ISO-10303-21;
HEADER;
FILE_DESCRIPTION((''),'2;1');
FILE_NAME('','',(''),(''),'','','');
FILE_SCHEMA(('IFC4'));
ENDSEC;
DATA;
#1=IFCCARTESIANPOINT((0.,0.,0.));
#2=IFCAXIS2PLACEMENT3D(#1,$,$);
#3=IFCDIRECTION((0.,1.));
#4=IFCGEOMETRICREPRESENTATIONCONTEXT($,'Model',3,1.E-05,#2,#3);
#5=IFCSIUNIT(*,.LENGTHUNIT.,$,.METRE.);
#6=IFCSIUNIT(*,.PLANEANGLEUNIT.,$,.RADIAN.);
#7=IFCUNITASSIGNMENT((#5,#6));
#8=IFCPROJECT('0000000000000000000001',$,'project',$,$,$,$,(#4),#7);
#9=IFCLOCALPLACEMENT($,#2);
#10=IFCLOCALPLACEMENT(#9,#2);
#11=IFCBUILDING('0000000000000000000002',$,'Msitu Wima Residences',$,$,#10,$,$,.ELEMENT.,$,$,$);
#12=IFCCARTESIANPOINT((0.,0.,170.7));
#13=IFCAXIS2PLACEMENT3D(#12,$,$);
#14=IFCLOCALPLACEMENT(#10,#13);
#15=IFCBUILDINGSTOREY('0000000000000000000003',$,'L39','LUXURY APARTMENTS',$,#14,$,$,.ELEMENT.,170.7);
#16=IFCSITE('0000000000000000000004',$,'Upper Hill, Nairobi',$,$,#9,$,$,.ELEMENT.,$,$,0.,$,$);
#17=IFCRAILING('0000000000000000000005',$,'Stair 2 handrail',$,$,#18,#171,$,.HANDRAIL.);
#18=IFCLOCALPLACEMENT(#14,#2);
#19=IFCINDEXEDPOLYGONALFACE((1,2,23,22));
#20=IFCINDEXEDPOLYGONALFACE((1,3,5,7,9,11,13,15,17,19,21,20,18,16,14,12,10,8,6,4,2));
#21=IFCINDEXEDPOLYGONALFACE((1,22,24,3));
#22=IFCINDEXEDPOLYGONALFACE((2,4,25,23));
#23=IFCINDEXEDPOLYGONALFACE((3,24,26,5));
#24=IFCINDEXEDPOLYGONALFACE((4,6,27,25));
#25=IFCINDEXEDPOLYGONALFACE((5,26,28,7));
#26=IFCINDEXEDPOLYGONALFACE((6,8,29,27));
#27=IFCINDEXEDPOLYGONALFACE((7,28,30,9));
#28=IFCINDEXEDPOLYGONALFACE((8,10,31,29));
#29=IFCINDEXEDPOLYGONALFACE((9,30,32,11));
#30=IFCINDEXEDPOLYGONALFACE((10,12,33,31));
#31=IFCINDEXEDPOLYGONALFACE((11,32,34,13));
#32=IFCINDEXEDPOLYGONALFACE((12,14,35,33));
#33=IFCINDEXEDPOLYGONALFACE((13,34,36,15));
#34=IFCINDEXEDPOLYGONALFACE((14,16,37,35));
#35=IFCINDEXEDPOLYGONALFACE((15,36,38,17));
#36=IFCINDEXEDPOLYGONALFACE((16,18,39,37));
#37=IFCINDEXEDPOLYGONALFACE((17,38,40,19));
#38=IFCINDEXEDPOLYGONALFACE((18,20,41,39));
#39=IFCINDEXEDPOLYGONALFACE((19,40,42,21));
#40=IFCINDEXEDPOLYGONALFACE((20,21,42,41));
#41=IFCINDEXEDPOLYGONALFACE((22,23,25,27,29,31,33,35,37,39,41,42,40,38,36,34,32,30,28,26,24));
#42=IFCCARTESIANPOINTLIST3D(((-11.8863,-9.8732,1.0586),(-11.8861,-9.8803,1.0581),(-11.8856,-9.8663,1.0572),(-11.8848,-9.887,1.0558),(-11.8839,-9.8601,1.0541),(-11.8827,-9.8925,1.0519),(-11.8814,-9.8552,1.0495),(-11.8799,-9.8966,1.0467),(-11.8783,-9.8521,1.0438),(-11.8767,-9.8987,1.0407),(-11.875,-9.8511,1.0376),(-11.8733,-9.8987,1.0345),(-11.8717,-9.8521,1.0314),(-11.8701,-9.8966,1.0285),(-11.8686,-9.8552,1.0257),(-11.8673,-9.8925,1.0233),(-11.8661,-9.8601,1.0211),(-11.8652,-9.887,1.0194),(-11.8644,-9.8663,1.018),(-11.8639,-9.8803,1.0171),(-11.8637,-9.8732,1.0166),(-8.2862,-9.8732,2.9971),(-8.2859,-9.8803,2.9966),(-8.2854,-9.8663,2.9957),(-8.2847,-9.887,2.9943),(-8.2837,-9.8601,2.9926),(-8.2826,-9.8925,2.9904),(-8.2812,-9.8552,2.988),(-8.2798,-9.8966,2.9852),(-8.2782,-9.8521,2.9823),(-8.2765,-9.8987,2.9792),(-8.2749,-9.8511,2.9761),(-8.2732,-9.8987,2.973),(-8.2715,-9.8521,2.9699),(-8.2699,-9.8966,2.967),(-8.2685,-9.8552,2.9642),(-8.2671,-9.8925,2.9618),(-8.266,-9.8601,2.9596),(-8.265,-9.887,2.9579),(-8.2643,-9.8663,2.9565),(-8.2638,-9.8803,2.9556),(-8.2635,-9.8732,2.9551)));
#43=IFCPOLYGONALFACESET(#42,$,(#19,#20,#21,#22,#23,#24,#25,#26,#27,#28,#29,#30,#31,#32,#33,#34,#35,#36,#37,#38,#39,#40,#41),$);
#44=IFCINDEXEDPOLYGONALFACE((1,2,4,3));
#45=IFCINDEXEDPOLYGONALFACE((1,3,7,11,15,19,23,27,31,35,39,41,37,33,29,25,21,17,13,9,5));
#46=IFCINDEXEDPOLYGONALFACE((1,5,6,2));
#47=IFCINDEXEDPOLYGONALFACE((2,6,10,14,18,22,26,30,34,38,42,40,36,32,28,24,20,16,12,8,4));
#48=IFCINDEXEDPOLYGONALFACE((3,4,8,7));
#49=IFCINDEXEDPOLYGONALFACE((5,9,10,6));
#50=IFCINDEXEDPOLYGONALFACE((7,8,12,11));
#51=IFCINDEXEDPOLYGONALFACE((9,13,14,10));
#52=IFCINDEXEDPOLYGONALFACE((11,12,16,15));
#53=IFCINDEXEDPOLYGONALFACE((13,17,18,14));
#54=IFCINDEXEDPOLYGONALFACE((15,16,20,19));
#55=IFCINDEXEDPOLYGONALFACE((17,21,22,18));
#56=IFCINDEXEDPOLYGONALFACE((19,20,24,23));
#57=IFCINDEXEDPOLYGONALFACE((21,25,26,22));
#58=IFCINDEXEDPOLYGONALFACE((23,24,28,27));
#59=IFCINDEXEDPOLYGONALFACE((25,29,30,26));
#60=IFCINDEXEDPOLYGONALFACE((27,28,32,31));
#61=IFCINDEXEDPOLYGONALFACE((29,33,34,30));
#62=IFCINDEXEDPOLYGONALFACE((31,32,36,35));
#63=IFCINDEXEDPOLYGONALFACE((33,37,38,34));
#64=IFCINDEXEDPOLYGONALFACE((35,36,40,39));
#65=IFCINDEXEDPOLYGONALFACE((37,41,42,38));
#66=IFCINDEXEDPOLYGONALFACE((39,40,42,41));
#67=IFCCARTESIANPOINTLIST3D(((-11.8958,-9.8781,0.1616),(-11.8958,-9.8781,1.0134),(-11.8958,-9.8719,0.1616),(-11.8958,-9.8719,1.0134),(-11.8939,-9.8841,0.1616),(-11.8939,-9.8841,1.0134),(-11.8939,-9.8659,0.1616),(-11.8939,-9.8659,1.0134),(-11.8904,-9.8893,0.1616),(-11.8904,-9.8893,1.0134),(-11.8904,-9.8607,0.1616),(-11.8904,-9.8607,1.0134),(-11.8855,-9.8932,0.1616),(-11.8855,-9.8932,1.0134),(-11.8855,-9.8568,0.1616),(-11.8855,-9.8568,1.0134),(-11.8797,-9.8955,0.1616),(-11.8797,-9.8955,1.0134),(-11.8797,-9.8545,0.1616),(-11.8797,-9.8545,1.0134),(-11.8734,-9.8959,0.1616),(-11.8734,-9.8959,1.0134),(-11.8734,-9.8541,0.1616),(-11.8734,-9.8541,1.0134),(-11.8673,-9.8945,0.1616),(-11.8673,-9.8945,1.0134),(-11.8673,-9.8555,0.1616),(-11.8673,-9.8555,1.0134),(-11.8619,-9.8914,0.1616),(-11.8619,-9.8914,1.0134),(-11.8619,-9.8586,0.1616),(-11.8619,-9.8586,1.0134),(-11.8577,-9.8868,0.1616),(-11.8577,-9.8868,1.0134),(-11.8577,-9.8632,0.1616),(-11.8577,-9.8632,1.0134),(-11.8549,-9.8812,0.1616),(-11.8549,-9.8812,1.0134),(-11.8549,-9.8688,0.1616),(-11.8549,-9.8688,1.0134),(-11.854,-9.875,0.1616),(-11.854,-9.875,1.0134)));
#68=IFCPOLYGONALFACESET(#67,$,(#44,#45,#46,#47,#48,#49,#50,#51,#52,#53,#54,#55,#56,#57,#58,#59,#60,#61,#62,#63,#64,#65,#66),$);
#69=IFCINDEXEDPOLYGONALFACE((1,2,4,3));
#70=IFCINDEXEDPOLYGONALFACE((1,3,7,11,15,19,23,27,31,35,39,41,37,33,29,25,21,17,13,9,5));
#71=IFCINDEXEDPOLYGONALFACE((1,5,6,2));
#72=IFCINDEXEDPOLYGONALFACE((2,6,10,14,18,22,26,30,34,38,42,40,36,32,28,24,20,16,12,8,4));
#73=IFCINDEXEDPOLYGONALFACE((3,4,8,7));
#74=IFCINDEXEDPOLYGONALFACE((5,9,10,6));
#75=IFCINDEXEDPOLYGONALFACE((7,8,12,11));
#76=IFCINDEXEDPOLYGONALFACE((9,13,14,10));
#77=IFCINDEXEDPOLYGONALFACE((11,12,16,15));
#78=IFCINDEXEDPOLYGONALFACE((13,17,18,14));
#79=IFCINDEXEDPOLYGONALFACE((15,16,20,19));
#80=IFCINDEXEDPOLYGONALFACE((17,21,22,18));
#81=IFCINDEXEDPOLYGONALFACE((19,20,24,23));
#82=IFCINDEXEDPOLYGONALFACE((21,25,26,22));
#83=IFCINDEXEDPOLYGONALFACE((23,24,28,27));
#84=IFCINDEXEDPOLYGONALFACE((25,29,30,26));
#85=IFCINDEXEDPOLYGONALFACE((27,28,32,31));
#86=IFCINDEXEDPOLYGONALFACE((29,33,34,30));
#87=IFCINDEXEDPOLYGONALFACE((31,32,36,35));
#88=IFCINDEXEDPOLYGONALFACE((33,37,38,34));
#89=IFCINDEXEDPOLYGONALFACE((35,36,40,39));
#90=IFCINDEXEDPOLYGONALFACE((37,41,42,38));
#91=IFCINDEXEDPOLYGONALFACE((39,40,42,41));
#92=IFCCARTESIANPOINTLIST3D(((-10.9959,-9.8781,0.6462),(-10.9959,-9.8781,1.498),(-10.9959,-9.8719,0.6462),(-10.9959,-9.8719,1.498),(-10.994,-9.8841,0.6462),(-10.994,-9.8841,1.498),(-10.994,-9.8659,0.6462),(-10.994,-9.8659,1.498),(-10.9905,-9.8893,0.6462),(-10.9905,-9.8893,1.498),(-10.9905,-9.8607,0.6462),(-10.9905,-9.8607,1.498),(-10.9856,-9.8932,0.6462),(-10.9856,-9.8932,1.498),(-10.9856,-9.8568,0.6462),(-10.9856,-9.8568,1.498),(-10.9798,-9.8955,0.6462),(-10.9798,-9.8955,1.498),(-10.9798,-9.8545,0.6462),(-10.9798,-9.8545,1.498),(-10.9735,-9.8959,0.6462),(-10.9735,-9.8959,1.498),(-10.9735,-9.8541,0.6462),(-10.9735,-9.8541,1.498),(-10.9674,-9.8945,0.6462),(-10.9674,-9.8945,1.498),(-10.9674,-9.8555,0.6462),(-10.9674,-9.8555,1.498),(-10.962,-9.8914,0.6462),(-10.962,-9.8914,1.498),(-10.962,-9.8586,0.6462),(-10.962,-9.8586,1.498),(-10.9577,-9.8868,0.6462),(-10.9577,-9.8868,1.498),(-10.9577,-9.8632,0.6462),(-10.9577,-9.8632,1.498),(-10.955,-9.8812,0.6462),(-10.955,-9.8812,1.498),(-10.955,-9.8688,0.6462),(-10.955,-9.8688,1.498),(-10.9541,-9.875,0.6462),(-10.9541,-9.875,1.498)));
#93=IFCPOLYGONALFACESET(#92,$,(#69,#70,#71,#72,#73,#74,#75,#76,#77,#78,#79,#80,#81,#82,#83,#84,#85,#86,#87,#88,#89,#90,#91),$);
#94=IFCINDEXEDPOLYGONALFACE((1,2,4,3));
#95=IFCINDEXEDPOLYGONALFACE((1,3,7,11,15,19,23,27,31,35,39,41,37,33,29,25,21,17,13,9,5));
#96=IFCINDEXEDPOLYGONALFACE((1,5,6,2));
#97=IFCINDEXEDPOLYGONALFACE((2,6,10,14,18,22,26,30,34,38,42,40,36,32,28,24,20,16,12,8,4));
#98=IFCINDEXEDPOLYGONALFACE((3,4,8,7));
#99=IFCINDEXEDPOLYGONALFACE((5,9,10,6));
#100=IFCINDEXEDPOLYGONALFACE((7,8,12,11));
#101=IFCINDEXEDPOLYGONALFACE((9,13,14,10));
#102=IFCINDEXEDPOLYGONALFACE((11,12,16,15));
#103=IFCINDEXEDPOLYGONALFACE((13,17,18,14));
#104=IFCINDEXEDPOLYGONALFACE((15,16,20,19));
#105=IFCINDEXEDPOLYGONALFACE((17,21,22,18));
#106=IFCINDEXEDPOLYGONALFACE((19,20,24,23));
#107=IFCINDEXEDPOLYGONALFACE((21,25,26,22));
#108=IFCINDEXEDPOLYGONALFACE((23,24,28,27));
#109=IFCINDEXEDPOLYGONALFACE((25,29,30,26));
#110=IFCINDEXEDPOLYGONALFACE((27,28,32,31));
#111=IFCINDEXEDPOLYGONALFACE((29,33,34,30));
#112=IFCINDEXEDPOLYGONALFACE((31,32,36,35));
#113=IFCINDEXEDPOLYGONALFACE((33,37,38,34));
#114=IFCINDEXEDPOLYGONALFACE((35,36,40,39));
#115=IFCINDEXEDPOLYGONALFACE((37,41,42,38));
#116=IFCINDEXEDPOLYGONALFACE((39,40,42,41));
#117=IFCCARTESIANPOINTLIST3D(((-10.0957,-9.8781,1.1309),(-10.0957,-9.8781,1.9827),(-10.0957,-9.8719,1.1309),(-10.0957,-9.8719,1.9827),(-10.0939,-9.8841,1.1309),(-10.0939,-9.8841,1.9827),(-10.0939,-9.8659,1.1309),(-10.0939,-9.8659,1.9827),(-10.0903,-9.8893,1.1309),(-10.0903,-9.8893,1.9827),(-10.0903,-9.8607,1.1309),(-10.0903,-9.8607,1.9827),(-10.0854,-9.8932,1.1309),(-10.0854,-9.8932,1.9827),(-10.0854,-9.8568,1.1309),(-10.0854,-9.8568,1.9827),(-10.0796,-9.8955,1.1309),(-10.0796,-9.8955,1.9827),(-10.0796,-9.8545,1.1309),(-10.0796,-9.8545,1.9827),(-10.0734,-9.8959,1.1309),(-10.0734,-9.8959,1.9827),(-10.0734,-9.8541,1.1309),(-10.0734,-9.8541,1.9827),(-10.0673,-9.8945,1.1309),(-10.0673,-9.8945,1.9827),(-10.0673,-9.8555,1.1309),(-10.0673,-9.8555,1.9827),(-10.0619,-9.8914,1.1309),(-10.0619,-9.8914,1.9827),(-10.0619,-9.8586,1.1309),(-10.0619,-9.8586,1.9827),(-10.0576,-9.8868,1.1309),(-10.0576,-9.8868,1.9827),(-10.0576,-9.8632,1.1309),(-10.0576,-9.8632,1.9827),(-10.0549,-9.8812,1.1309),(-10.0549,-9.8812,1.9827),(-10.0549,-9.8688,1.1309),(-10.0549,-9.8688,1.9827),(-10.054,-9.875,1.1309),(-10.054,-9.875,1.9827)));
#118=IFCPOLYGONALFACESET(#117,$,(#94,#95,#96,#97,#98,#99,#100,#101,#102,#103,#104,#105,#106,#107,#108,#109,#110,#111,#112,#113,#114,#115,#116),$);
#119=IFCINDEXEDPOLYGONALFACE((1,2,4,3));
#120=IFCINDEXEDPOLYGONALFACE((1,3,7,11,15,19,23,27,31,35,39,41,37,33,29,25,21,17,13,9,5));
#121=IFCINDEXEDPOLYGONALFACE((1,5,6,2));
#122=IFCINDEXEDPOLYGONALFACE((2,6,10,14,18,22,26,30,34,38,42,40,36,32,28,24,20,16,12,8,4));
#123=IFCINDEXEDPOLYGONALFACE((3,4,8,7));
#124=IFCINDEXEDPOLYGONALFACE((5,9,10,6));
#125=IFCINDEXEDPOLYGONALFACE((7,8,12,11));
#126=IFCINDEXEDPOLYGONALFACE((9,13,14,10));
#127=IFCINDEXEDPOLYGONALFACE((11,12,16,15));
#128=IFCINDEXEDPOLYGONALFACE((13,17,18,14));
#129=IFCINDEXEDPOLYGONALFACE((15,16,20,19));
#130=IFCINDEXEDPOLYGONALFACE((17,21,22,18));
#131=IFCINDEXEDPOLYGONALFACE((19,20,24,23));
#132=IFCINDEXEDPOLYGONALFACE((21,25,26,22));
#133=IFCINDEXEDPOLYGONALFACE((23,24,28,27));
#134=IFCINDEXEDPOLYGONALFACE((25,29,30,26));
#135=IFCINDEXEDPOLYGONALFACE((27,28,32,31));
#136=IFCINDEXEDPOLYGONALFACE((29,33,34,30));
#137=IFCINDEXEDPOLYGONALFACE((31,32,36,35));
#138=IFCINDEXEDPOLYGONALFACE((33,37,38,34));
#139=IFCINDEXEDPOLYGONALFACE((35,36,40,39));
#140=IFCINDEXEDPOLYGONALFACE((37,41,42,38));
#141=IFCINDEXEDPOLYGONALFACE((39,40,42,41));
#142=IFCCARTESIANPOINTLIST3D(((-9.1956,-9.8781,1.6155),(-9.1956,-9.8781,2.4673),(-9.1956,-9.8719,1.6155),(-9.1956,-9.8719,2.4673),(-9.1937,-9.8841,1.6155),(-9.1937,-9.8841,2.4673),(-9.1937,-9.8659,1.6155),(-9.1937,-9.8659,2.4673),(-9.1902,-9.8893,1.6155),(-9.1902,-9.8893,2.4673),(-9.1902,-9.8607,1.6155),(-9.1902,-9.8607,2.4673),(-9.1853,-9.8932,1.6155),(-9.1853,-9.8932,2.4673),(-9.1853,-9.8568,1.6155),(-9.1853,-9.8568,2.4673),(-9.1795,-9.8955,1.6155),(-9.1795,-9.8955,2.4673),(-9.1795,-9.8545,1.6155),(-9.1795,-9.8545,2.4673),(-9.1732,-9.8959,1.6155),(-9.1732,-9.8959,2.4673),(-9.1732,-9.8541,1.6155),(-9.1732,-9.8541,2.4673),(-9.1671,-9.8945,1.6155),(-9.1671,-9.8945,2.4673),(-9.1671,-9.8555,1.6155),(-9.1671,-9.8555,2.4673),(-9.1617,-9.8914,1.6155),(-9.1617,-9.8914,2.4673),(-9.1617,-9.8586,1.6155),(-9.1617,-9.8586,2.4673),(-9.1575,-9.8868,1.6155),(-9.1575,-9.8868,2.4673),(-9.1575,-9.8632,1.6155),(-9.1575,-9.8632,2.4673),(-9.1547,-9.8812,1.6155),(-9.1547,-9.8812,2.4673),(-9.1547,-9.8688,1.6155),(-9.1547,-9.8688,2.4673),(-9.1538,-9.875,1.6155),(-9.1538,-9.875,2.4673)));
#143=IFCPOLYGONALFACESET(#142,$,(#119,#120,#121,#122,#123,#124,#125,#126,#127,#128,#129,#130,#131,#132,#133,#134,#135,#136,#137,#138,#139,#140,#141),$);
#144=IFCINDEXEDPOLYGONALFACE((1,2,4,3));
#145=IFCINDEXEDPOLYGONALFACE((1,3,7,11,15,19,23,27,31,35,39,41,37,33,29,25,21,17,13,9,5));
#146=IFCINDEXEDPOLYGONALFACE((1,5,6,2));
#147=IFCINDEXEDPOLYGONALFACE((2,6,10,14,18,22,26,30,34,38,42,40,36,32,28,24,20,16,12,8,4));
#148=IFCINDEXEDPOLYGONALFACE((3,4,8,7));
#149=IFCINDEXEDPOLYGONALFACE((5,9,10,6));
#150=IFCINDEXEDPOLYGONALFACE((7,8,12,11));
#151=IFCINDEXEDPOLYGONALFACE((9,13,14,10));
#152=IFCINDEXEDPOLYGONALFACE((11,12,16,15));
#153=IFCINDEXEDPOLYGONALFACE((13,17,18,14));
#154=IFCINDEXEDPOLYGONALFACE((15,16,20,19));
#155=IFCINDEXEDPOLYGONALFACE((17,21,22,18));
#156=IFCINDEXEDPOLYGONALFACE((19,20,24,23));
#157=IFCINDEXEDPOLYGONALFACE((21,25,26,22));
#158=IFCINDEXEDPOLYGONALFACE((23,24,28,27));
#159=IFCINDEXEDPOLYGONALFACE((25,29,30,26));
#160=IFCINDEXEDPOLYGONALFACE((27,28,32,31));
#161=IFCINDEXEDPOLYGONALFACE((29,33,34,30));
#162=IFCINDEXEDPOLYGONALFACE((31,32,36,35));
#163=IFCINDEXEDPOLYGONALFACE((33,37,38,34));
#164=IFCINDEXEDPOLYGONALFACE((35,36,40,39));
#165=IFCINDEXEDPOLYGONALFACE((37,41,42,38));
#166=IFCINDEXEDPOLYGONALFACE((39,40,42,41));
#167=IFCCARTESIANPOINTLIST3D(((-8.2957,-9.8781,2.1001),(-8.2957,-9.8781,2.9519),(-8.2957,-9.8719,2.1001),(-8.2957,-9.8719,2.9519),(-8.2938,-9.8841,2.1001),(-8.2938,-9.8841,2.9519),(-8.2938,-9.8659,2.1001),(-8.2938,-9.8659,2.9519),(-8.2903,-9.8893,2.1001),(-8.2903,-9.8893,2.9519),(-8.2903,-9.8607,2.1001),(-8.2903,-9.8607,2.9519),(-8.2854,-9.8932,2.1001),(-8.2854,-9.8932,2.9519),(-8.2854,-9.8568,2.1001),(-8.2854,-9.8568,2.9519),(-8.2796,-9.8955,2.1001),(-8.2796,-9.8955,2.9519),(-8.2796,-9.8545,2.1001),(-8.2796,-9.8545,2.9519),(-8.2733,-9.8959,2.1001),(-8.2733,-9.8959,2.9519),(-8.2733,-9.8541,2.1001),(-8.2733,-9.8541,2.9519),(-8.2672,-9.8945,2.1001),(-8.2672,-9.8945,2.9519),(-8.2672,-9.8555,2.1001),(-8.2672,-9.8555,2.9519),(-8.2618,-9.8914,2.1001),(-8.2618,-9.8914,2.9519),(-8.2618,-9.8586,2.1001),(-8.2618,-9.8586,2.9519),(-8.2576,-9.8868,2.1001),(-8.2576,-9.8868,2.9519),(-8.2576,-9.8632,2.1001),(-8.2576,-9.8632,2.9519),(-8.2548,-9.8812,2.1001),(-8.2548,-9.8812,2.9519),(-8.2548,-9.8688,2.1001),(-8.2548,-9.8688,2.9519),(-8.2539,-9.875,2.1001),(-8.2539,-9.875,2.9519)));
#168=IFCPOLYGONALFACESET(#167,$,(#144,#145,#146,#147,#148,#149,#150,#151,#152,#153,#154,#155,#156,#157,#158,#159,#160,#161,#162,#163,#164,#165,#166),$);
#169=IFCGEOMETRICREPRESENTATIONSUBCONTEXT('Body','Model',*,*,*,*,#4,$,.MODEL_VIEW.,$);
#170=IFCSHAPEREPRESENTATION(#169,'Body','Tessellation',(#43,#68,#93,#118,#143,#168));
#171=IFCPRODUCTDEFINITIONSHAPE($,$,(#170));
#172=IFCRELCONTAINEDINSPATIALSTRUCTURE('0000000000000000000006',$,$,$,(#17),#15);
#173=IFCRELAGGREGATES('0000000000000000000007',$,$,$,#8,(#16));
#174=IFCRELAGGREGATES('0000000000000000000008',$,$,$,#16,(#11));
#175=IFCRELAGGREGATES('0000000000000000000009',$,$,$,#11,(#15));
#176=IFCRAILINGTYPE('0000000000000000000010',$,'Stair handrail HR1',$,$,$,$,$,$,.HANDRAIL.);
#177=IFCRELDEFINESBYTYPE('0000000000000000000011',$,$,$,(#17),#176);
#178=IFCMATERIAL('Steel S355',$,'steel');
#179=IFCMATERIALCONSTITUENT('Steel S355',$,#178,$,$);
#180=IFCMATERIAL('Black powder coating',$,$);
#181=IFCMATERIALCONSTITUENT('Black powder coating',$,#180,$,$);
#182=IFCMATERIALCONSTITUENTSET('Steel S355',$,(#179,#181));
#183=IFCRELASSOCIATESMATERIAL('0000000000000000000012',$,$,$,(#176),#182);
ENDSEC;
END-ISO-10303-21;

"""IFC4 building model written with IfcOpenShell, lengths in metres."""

from ifc_helpers import new_model, si_unit, direction, frame, origin, origin_2d, place, context, subcontext, project, spatial, circle, extrude, material, constituent, constituent_set, type_object, element, save


model = new_model("IFC4")

# Units and contexts
model_context = context("Model", 3, precision=1e-05, world=origin(), true_north=direction((0.0, 1.0)))
body_context = subcontext(model_context, "Body", "Model", "MODEL_VIEW")
ifc_project = project(units=[si_unit("LENGTHUNIT", "METRE"), si_unit("PLANEANGLEUNIT", "RADIAN")], contexts=[model_context])

# Site, building, storey
site_placement = place(None, origin())
site = spatial("IfcSite", under=ifc_project, at=site_placement, Name="Upper Hill, Nairobi", CompositionType="ELEMENT", RefElevation=0.0)
building_placement = place(site_placement, origin())
building = spatial("IfcBuilding", under=site, at=building_placement, Name="Msitu Wima Residences", CompositionType="ELEMENT")
storey_placement = place(building_placement, frame((0.0, 0.0, 170.7)))
storey = spatial("IfcBuildingStorey", under=building, at=storey_placement, Name="L39", Description="LUXURY APARTMENTS", CompositionType="ELEMENT", Elevation=170.7)

# Railing
ifc_material_1 = material(Name="Steel S355", Category="steel")
ifc_constituent_1 = constituent(ifc_material_1, Name="Steel S355")
ifc_material_2 = material(Name="Black powder coating")
ifc_constituent_2 = constituent(ifc_material_2, Name="Black powder coating")
ifc_constituent_set = constituent_set(constituents=[ifc_constituent_1, ifc_constituent_2], Name="Steel S355")
railing_type = type_object("IfcRailingType", Name="Stair handrail HR1", PredefinedType="HANDRAIL", material=ifc_constituent_set)
for number, where, name in (
    (1, (-11.875, -9.875, 0.1616), "Stair 2 handrail"),
):
    element("IfcRailing", number, at=place(storey_placement, frame(where)), inside=storey, type_object=railing_type, Name=name, PredefinedType="HANDRAIL", context=body_context, shape_type="SweptSolid", body=[
        extrude(circle(Radius=0.0239, at=origin_2d()), frame((0.0, 0.0, 0.876), z_axis=(0.880475, 0.0, 0.474093), x_axis=(0.0, 1.0, 0.0)), (0.0, 0.0, 1.0), 4.0889),
        extrude(circle(Radius=0.021, at=origin_2d()), origin(), (0.0, 0.0, 1.0), 0.8518),
        extrude(circle(Radius=0.021, at=origin_2d()), frame((0.8999, 0.0, 0.4846)), (0.0, 0.0, 1.0), 0.8518),
        extrude(circle(Radius=0.021, at=origin_2d()), frame((1.8, 0.0, 0.9692)), (0.0, 0.0, 1.0), 0.8518),
        extrude(circle(Radius=0.021, at=origin_2d()), frame((2.7002, 0.0, 1.4539)), (0.0, 0.0, 1.0), 0.8518),
        extrude(circle(Radius=0.021, at=origin_2d()), frame((3.6001, 0.0, 1.9385)), (0.0, 0.0, 1.0), 0.8518),
    ])

save(model, "model.ifc")
